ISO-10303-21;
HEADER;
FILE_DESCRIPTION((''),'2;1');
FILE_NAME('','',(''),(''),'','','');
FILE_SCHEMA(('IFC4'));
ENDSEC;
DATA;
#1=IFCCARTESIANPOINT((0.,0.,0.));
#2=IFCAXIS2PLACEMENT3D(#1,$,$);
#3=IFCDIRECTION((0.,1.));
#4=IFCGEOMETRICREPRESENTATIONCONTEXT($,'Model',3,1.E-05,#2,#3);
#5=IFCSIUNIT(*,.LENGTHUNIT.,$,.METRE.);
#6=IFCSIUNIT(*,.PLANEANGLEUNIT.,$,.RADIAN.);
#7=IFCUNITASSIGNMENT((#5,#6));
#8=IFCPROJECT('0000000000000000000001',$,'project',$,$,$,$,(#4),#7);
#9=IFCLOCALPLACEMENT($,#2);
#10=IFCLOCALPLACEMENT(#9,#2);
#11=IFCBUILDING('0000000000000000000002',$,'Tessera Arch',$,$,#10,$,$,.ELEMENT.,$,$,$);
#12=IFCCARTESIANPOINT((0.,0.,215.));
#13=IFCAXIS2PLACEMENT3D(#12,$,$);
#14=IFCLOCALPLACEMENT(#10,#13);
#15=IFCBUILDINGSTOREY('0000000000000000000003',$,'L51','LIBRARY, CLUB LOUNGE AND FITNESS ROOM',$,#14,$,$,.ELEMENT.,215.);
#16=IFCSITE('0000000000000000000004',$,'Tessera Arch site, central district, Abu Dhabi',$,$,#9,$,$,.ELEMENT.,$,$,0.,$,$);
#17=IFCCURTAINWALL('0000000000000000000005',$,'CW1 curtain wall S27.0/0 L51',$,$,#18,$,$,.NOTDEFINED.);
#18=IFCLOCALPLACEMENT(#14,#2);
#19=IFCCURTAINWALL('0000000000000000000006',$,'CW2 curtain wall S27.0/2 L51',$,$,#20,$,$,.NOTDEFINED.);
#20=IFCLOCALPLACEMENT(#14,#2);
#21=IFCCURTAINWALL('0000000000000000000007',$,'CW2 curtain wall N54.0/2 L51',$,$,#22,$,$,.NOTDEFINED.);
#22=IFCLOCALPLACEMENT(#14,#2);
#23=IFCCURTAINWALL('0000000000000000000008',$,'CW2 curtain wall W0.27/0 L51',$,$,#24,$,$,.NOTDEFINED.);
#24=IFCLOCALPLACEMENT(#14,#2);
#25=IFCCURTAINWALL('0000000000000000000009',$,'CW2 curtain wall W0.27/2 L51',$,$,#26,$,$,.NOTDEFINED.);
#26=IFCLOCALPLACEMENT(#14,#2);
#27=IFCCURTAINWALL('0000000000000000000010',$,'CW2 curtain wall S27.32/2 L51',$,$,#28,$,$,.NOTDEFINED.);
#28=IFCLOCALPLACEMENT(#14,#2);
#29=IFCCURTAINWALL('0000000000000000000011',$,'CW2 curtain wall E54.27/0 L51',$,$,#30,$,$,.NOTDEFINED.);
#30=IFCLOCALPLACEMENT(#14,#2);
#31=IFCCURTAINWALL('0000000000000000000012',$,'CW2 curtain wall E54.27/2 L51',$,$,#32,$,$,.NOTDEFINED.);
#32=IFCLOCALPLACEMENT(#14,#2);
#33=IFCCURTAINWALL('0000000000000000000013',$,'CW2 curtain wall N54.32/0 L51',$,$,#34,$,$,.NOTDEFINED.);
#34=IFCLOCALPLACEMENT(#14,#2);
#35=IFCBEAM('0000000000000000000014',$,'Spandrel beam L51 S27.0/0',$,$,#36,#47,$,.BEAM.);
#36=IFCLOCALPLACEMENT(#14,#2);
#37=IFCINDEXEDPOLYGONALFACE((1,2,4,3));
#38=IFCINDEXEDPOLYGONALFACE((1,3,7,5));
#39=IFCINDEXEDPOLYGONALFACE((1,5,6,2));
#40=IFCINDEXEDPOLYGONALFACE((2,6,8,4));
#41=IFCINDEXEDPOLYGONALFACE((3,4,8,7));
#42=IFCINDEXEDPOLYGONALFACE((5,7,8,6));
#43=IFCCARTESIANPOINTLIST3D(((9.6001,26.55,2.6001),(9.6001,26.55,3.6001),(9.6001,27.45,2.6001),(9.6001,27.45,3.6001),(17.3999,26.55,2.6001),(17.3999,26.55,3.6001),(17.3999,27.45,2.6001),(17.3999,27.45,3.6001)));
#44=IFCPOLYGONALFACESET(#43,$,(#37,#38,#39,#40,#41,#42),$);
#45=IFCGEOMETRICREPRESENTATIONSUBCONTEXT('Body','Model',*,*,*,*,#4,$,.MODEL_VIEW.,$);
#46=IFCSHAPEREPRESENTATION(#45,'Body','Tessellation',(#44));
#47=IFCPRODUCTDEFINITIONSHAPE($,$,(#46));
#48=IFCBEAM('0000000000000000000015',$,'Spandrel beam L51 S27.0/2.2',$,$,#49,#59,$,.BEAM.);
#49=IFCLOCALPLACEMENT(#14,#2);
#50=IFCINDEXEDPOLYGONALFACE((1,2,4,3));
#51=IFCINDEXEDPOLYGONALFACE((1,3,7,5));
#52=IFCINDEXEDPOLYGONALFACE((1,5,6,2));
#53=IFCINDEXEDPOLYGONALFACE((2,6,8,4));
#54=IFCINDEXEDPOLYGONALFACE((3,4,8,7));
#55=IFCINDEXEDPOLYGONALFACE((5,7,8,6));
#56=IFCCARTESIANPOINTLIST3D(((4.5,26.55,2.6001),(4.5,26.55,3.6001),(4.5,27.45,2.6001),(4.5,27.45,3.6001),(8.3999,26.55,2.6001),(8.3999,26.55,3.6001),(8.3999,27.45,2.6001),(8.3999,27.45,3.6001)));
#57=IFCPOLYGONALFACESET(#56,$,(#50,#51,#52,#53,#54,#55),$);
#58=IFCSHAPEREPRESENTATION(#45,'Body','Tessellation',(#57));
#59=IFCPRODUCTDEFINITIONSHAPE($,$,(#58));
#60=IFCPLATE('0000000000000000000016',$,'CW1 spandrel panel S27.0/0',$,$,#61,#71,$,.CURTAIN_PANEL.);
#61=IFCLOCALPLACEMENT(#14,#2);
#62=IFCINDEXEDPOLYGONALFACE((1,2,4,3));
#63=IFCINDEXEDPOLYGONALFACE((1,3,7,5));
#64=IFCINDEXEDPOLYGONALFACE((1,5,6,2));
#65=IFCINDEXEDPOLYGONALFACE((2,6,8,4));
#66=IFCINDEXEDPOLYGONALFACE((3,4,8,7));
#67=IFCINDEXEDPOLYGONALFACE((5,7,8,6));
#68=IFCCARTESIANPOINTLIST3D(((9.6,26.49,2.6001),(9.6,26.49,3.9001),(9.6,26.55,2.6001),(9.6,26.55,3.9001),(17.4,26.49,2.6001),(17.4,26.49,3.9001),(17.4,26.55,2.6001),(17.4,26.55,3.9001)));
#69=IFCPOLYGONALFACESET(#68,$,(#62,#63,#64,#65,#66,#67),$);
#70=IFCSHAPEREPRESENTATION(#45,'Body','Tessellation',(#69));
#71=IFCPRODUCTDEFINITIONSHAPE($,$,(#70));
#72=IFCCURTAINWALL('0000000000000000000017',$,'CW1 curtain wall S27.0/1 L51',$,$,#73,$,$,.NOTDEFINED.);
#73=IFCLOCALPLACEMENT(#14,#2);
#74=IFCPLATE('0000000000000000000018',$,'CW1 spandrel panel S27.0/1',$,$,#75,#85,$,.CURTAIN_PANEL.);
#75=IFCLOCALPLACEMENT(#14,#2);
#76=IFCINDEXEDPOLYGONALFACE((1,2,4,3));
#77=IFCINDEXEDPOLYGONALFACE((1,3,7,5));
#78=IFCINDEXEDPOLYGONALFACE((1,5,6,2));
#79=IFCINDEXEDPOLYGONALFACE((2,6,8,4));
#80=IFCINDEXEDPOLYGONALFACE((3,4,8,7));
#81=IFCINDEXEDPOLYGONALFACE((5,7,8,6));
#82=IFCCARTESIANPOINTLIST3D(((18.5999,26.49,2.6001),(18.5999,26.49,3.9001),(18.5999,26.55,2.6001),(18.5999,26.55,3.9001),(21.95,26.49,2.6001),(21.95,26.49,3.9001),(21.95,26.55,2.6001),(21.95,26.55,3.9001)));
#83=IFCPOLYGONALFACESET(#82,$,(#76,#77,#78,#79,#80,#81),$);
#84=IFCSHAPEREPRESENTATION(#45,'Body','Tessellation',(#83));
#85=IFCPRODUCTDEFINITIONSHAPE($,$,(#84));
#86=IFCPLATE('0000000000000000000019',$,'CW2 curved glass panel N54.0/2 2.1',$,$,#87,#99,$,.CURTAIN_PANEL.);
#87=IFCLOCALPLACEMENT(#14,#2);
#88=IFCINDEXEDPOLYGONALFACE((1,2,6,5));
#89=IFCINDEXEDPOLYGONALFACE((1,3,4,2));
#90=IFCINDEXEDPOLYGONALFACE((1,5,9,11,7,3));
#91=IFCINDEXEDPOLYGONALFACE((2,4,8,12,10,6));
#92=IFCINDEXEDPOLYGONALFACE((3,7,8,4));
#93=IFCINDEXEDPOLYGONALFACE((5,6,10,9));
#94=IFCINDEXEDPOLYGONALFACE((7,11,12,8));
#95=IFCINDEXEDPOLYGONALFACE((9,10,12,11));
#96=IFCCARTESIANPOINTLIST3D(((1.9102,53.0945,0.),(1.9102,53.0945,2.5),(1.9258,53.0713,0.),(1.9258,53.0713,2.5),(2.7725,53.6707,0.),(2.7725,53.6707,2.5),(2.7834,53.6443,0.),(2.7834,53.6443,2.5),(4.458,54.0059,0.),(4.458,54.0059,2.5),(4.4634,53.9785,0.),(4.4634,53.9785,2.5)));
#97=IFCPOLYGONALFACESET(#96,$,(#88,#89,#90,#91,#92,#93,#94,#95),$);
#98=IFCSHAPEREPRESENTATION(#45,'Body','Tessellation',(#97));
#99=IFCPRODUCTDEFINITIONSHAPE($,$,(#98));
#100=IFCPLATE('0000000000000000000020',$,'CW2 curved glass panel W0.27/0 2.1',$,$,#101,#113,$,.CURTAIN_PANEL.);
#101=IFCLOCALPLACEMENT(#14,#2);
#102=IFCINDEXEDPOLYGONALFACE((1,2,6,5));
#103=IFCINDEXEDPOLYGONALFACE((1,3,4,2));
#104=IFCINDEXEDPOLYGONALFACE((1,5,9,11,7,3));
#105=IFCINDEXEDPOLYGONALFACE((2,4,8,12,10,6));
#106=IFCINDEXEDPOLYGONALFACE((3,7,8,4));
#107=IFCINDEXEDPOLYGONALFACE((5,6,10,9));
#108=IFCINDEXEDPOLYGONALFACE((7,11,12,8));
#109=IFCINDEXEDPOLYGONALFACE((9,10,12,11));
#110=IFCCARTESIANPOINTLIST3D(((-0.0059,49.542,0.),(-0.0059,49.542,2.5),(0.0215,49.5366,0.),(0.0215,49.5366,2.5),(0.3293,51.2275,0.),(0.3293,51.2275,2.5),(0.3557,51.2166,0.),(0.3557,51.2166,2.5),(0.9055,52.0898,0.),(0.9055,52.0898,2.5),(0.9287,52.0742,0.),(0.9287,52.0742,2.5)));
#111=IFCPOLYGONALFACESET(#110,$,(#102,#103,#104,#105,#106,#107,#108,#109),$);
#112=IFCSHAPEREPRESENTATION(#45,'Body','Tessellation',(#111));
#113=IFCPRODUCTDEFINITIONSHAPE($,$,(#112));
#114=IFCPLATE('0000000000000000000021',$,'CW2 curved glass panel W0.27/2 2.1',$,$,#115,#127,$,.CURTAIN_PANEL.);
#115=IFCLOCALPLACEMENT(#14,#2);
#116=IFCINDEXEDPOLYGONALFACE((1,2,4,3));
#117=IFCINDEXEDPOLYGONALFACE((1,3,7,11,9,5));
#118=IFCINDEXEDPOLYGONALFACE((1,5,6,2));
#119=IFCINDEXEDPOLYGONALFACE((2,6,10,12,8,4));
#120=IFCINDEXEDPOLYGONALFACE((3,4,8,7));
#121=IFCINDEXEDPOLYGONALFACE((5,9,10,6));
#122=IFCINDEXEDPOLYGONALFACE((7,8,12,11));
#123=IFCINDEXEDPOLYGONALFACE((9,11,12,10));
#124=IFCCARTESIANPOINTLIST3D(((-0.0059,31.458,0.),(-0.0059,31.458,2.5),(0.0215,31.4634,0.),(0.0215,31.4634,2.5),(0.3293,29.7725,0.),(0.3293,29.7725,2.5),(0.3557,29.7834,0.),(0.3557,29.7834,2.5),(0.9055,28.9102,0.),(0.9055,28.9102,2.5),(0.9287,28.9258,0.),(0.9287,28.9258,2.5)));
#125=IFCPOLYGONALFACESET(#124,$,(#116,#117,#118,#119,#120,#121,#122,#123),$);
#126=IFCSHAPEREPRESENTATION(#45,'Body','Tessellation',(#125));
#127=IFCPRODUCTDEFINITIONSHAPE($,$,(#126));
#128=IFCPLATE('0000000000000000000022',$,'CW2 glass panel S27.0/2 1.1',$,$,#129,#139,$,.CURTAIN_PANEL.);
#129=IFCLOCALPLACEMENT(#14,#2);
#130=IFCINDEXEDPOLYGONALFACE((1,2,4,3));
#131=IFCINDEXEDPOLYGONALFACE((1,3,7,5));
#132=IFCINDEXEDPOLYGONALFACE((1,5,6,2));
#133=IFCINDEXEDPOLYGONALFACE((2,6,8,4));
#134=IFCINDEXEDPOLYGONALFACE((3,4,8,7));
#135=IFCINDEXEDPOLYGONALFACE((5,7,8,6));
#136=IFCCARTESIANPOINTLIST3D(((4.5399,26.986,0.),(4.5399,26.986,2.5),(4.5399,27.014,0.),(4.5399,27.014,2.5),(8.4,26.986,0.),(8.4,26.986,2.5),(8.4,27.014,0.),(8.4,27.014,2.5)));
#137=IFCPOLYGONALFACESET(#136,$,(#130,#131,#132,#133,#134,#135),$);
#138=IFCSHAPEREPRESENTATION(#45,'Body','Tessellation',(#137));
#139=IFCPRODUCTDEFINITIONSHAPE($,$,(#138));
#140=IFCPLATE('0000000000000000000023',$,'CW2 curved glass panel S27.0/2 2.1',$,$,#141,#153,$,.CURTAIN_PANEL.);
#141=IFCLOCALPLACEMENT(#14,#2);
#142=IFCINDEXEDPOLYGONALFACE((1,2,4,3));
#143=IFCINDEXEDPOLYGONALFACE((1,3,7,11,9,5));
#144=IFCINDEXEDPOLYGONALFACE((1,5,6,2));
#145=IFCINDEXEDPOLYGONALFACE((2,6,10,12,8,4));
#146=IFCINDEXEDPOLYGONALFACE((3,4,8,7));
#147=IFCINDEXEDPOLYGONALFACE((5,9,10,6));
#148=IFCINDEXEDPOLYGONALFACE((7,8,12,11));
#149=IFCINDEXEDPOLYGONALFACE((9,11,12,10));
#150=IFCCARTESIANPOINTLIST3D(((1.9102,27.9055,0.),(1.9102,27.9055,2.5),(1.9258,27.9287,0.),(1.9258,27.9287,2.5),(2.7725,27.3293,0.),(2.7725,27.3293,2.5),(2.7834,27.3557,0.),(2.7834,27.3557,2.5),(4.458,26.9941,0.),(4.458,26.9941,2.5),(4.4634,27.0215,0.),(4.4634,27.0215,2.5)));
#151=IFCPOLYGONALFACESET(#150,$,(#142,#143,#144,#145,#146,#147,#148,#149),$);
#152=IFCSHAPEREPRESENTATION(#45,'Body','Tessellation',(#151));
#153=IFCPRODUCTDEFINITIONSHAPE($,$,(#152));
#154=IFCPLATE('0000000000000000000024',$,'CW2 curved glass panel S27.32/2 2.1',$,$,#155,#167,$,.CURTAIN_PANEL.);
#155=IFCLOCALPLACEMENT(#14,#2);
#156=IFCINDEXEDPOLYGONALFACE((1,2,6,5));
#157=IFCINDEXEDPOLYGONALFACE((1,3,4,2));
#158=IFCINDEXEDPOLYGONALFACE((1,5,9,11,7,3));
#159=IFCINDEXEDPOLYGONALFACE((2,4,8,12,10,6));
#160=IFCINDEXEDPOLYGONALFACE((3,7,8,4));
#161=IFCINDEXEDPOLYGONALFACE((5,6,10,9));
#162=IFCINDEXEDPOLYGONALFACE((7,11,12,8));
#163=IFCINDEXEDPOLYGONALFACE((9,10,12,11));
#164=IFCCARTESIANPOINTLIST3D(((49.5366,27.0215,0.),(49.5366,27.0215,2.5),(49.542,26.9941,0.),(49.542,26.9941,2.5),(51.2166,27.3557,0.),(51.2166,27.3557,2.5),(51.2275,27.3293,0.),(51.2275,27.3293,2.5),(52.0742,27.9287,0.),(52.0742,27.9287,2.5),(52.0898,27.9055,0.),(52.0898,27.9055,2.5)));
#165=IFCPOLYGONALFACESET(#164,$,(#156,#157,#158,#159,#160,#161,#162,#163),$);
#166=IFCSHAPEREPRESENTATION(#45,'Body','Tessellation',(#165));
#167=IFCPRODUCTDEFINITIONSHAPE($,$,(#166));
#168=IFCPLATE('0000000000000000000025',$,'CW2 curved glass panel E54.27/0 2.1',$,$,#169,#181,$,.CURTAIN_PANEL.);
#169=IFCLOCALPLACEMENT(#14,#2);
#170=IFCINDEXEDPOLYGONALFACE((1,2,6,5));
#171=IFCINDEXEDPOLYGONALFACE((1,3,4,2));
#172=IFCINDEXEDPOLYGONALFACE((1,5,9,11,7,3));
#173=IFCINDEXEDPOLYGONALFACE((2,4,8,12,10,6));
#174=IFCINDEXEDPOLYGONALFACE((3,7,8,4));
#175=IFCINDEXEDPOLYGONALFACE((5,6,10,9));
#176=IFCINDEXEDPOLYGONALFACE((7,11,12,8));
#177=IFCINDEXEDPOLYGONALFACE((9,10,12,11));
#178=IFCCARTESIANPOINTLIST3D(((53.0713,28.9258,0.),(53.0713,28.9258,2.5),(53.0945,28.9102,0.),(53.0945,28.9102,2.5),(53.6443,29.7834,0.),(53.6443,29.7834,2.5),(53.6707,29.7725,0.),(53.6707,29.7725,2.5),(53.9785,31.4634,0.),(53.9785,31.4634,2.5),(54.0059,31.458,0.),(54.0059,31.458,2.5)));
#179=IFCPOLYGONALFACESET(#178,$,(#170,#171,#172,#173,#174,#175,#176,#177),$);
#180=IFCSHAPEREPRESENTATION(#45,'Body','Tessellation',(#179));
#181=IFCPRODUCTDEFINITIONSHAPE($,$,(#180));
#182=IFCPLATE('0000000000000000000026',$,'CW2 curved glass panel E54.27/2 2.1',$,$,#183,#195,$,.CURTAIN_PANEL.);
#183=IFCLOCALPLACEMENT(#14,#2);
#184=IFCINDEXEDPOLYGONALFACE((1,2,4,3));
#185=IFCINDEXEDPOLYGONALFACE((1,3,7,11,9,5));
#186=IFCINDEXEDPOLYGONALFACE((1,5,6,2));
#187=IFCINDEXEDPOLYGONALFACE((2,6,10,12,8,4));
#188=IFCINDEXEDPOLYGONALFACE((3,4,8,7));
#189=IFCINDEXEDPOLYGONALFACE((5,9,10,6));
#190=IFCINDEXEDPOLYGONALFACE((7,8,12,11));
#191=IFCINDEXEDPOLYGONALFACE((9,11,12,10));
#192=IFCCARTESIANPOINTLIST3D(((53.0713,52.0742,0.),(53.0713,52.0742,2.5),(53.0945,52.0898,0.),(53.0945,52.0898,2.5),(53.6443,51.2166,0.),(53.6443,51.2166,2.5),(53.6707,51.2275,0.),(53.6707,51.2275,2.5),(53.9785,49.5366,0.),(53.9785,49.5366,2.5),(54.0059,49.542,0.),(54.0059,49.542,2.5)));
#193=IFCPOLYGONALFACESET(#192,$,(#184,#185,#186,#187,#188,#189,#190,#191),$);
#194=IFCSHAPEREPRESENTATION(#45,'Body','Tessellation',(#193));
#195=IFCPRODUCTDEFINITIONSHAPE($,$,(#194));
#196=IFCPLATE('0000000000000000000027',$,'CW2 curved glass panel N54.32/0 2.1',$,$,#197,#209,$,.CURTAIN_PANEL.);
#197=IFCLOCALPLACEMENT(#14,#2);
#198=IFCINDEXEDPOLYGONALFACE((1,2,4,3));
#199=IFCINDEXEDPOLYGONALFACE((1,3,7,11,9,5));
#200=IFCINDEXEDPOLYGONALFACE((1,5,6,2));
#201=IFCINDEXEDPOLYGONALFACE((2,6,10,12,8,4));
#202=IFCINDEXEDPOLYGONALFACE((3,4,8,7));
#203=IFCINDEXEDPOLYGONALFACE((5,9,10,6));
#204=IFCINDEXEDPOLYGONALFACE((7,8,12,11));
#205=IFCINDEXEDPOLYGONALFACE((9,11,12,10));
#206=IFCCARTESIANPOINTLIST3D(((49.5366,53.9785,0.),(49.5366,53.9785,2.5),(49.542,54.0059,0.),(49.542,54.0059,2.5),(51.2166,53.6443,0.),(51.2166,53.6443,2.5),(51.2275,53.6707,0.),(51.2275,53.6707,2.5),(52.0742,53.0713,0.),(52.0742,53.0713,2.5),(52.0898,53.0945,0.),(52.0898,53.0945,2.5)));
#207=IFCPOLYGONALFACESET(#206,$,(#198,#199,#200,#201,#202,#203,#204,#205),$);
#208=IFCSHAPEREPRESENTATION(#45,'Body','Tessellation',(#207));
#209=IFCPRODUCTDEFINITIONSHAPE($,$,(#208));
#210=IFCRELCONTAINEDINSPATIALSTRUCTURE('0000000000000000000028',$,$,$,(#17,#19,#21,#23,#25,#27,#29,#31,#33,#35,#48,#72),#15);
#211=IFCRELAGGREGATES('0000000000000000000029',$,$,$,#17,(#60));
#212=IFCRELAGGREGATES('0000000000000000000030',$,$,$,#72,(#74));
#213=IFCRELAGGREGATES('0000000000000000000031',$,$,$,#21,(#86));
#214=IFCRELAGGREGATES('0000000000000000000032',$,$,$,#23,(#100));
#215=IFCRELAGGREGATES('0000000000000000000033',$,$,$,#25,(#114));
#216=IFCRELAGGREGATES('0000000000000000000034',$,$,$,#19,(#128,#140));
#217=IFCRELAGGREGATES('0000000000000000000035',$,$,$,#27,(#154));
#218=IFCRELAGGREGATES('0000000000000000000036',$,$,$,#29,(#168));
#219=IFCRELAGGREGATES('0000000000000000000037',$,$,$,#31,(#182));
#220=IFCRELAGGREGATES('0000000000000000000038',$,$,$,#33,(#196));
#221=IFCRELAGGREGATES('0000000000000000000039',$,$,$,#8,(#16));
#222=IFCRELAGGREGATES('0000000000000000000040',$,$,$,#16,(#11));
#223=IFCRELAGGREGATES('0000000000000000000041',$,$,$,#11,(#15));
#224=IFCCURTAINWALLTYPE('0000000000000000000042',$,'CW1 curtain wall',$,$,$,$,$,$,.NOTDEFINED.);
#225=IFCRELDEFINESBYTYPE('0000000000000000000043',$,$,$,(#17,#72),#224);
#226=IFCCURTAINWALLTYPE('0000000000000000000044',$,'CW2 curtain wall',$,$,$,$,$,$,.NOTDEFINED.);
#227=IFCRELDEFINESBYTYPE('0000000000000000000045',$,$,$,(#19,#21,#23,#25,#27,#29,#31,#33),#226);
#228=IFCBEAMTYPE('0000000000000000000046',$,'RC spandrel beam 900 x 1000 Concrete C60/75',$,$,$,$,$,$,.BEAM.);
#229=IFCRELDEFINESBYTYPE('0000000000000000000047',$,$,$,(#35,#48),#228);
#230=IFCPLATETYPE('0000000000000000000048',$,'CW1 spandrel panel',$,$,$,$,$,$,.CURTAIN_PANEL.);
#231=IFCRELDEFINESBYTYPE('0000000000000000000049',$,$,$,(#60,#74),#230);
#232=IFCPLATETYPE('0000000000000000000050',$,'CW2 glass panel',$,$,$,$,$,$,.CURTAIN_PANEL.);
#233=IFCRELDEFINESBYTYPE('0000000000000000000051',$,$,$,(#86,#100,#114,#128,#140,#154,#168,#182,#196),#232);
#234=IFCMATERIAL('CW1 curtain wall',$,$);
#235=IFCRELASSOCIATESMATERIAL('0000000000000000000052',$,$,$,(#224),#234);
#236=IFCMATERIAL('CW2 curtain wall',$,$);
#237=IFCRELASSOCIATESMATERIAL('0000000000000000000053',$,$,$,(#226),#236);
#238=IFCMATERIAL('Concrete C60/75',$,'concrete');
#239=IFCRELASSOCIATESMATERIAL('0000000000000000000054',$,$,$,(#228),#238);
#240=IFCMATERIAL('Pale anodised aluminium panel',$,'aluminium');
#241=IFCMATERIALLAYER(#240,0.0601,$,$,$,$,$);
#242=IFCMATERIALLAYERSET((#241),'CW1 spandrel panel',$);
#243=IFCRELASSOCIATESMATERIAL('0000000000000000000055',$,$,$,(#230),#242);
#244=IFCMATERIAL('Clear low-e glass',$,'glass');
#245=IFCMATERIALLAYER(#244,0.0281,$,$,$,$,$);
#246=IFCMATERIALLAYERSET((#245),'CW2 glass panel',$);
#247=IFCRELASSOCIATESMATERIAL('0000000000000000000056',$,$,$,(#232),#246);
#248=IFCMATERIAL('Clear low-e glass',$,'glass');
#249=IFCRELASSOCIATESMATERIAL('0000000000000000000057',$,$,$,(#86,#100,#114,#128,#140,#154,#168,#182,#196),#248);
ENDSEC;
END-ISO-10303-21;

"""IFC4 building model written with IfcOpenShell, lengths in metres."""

from ifc_helpers import new_model, si_unit, direction, frame, origin, origin_2d, place, context, subcontext, project, spatial, polyline, rectangle, outline, extrude, material, layer, layer_set, material_profile, profile_set, type_object, element, aggregate, save


model = new_model("IFC4")

# Units and contexts
model_context = context("Model", 3, precision=1e-05, world=origin(), true_north=direction((0.0, 1.0)))
body_context = subcontext(model_context, "Body", "Model", "MODEL_VIEW")
ifc_project = project(units=[si_unit("LENGTHUNIT", "METRE"), si_unit("PLANEANGLEUNIT", "RADIAN")], contexts=[model_context])

# Site, building, storey
site_placement = place(None, origin())
site = spatial("IfcSite", under=ifc_project, at=site_placement, Name="Tessera Arch site, central district, Abu Dhabi", CompositionType="ELEMENT", RefElevation=0.0)
building_placement = place(site_placement, origin())
building = spatial("IfcBuilding", under=site, at=building_placement, Name="Tessera Arch", CompositionType="ELEMENT")
storey_placement = place(building_placement, frame((0.0, 0.0, 215.0)))
storey = spatial("IfcBuildingStorey", under=building, at=storey_placement, Name="L51", Description="LIBRARY, CLUB LOUNGE AND FITNESS ROOM", CompositionType="ELEMENT", Elevation=215.0)

# Curtain walls
ifc_material_1 = material(Name="CW1 curtain wall")
curtain_wall_type_1 = type_object("IfcCurtainWallType", Name="CW1 curtain wall", PredefinedType="NOTDEFINED", material=ifc_material_1)
curtain_wall_1_placement = place(storey_placement, origin())
curtain_wall_1 = element("IfcCurtainWall", 1, at=curtain_wall_1_placement, inside=storey, type_object=curtain_wall_type_1, Name="CW1 curtain wall S27.0/0 L51", PredefinedType="NOTDEFINED")
ifc_material_2 = material(Name="CW2 curtain wall")
curtain_wall_type_2 = type_object("IfcCurtainWallType", Name="CW2 curtain wall", PredefinedType="NOTDEFINED", material=ifc_material_2)
curtain_wall_2_placement = place(storey_placement, origin())
curtain_wall_2 = element("IfcCurtainWall", 2, at=curtain_wall_2_placement, inside=storey, type_object=curtain_wall_type_2, Name="CW2 curtain wall S27.0/2 L51", PredefinedType="NOTDEFINED")
curtain_wall_3_placement = place(storey_placement, origin())
curtain_wall_3 = element("IfcCurtainWall", 3, at=curtain_wall_3_placement, inside=storey, type_object=curtain_wall_type_2, Name="CW2 curtain wall N54.0/2 L51", PredefinedType="NOTDEFINED")
curtain_wall_4_placement = place(storey_placement, origin())
curtain_wall_4 = element("IfcCurtainWall", 4, at=curtain_wall_4_placement, inside=storey, type_object=curtain_wall_type_2, Name="CW2 curtain wall W0.27/0 L51", PredefinedType="NOTDEFINED")
curtain_wall_5_placement = place(storey_placement, origin())
curtain_wall_5 = element("IfcCurtainWall", 5, at=curtain_wall_5_placement, inside=storey, type_object=curtain_wall_type_2, Name="CW2 curtain wall W0.27/2 L51", PredefinedType="NOTDEFINED")

# Curtain walls
curtain_wall_6_placement = place(storey_placement, origin())
curtain_wall_6 = element("IfcCurtainWall", 6, at=curtain_wall_6_placement, inside=storey, type_object=curtain_wall_type_2, Name="CW2 curtain wall S27.32/2 L51", PredefinedType="NOTDEFINED")
curtain_wall_7_placement = place(storey_placement, origin())
curtain_wall_7 = element("IfcCurtainWall", 7, at=curtain_wall_7_placement, inside=storey, type_object=curtain_wall_type_2, Name="CW2 curtain wall E54.27/0 L51", PredefinedType="NOTDEFINED")
curtain_wall_8_placement = place(storey_placement, origin())
curtain_wall_8 = element("IfcCurtainWall", 8, at=curtain_wall_8_placement, inside=storey, type_object=curtain_wall_type_2, Name="CW2 curtain wall E54.27/2 L51", PredefinedType="NOTDEFINED")
curtain_wall_9_placement = place(storey_placement, origin())
curtain_wall_9 = element("IfcCurtainWall", 9, at=curtain_wall_9_placement, inside=storey, type_object=curtain_wall_type_2, Name="CW2 curtain wall N54.32/0 L51", PredefinedType="NOTDEFINED")

# Beams
ifc_material_3 = material(Name="Concrete C60/75", Category="concrete")
ifc_material_profile_1 = material_profile(ifc_material_3, rectangle(XDim=0.8999, YDim=1.0, at=origin_2d()), Name="RC spandrel beam 900 x 1000 Concrete C60/75")
ifc_profile_set_1 = profile_set([ifc_material_profile_1], Name="Concrete C60/75")
beam_type = type_object("IfcBeamType", Name="RC spandrel beam 900 x 1000 Concrete C60/75", PredefinedType="BEAM", material=ifc_profile_set_1)
beam_1_placement = place(storey_placement, frame((9.6001, 27.0, 3.1001), z_axis=(1.0, 0.0, 0.0), x_axis=(0.0, 1.0, 0.0)))
element("IfcBeam", 10, at=beam_1_placement, inside=storey, type_object=beam_type, Name="Spandrel beam L51 S27.0/0", PredefinedType="BEAM", context=body_context, shape_type="SweptSolid", body=[
    extrude(rectangle(XDim=0.8999, YDim=1.0, at=origin_2d()), origin(), (0.0, 0.0, 1.0), 7.7998),
])
beam_2_placement = place(storey_placement, frame((4.5, 27.0, 3.1001), z_axis=(1.0, 0.0, 0.0), x_axis=(0.0, 1.0, 0.0)))
element("IfcBeam", 11, at=beam_2_placement, inside=storey, type_object=beam_type, Name="Spandrel beam L51 S27.0/2.2", PredefinedType="BEAM", context=body_context, shape_type="SweptSolid", body=[
    extrude(rectangle(XDim=0.8999, YDim=1.0, at=origin_2d()), origin(), (0.0, 0.0, 1.0), 3.8999),
])

# Plate
ifc_material_4 = material(Name="Pale anodised aluminium panel", Category="aluminium")
ifc_layer_1 = layer(ifc_material_4, 0.0601)
ifc_layer_set_1 = layer_set([ifc_layer_1], Name="CW1 spandrel panel")
plate_type_1 = type_object("IfcPlateType", Name="CW1 spandrel panel", PredefinedType="CURTAIN_PANEL", material=ifc_layer_set_1)
plate_1_placement = place(storey_placement, frame((13.5, 26.52, 2.6001), z_axis=(0.0, 0.0, 1.0), x_axis=(1.0, 0.0, 0.0)))
plate_1 = element("IfcPlate", 12, at=plate_1_placement, type_object=plate_type_1, Name="CW1 spandrel panel S27.0/0", PredefinedType="CURTAIN_PANEL", context=body_context, shape_type="SweptSolid", body=[
    extrude(rectangle(XDim=7.8, YDim=0.0601, at=origin_2d()), origin(), (0.0, 0.0, 1.0), 1.3),
])
aggregate(curtain_wall_1, [plate_1])

# Curtain wall, plate
curtain_wall_10_placement = place(storey_placement, origin())
curtain_wall_10 = element("IfcCurtainWall", 13, at=curtain_wall_10_placement, inside=storey, type_object=curtain_wall_type_1, Name="CW1 curtain wall S27.0/1 L51", PredefinedType="NOTDEFINED")
plate_2_placement = place(storey_placement, frame((20.2749, 26.52, 2.6001), z_axis=(0.0, 0.0, 1.0), x_axis=(1.0, 0.0, 0.0)))
plate_2 = element("IfcPlate", 14, at=plate_2_placement, type_object=plate_type_1, Name="CW1 spandrel panel S27.0/1", PredefinedType="CURTAIN_PANEL", context=body_context, shape_type="SweptSolid", body=[
    extrude(rectangle(XDim=3.3501, YDim=0.0601, at=origin_2d()), origin(), (0.0, 0.0, 1.0), 1.3),
])
aggregate(curtain_wall_10, [plate_2])

# Plates
ifc_material_5 = material(Name="Clear low-e glass", Category="glass")
ifc_material_6 = material(Name="Clear low-e glass", Category="glass")
ifc_layer_2 = layer(ifc_material_6, 0.0281)
ifc_layer_set_2 = layer_set([ifc_layer_2], Name="CW2 glass panel")
plate_type_2 = type_object("IfcPlateType", Name="CW2 glass panel", PredefinedType="CURTAIN_PANEL", material=ifc_layer_set_2)
plate_3_placement = place(storey_placement, origin())
plate_3 = element("IfcPlate", 15, at=plate_3_placement, type_object=plate_type_2, material=ifc_material_5, Name="CW2 curved glass panel N54.0/2 2.1", PredefinedType="CURTAIN_PANEL", context=body_context, shape_type="SweptSolid", body=[
    extrude(outline(polyline([(2.7834, 53.6443), (4.4634, 53.9785), (4.458, 54.0059), (2.7725, 53.6707), (1.9102, 53.0945), (1.9258, 53.0713), (2.7834, 53.6443)])), origin(), (0.0, 0.0, 1.0), 2.5),
])
plate_4_placement = place(storey_placement, origin())
plate_4 = element("IfcPlate", 16, at=plate_4_placement, type_object=plate_type_2, material=ifc_material_5, Name="CW2 curved glass panel W0.27/0 2.1", PredefinedType="CURTAIN_PANEL", context=body_context, shape_type="SweptSolid", body=[
    extrude(outline(polyline([(0.3557, 51.2166), (0.9287, 52.0742), (0.9055, 52.0898), (0.3293, 51.2275), (-0.0059, 49.542), (0.0215, 49.5366), (0.3557, 51.2166)])), origin(), (0.0, 0.0, 1.0), 2.5),
])
plate_5_placement = place(storey_placement, origin())
plate_5 = element("IfcPlate", 17, at=plate_5_placement, type_object=plate_type_2, material=ifc_material_5, Name="CW2 curved glass panel W0.27/2 2.1", PredefinedType="CURTAIN_PANEL", context=body_context, shape_type="SweptSolid", body=[
    extrude(outline(polyline([(0.3557, 29.7834), (0.0215, 31.4634), (-0.0059, 31.458), (0.3293, 29.7725), (0.9055, 28.9102), (0.9287, 28.9258), (0.3557, 29.7834)])), origin(), (0.0, 0.0, 1.0), 2.5),
])
plate_6_placement = place(storey_placement, frame((6.47, 27.0, 0.0), z_axis=(0.0, 0.0, 1.0), x_axis=(1.0, 0.0, 0.0)))
plate_6 = element("IfcPlate", 18, at=plate_6_placement, type_object=plate_type_2, material=ifc_material_5, Name="CW2 glass panel S27.0/2 1.1", PredefinedType="CURTAIN_PANEL", context=body_context, shape_type="SweptSolid", body=[
    extrude(rectangle(XDim=3.8601, YDim=0.0281, at=origin_2d()), origin(), (0.0, 0.0, 1.0), 2.5),
])
plate_7_placement = place(storey_placement, origin())
plate_7 = element("IfcPlate", 19, at=plate_7_placement, type_object=plate_type_2, material=ifc_material_5, Name="CW2 curved glass panel S27.0/2 2.1", PredefinedType="CURTAIN_PANEL", context=body_context, shape_type="SweptSolid", body=[
    extrude(outline(polyline([(2.7834, 27.3557), (1.9258, 27.9287), (1.9102, 27.9055), (2.7725, 27.3293), (4.458, 26.9941), (4.4634, 27.0215), (2.7834, 27.3557)])), origin(), (0.0, 0.0, 1.0), 2.5),
])
plate_8_placement = place(storey_placement, origin())
plate_8 = element("IfcPlate", 20, at=plate_8_placement, type_object=plate_type_2, material=ifc_material_5, Name="CW2 curved glass panel S27.32/2 2.1", PredefinedType="CURTAIN_PANEL", context=body_context, shape_type="SweptSolid", body=[
    extrude(outline(polyline([(51.2166, 27.3557), (49.5366, 27.0215), (49.542, 26.9941), (51.2275, 27.3293), (52.0898, 27.9055), (52.0742, 27.9287), (51.2166, 27.3557)])), origin(), (0.0, 0.0, 1.0), 2.5),
])
plate_9_placement = place(storey_placement, origin())
plate_9 = element("IfcPlate", 21, at=plate_9_placement, type_object=plate_type_2, material=ifc_material_5, Name="CW2 curved glass panel E54.27/0 2.1", PredefinedType="CURTAIN_PANEL", context=body_context, shape_type="SweptSolid", body=[
    extrude(outline(polyline([(53.6443, 29.7834), (53.0713, 28.9258), (53.0945, 28.9102), (53.6707, 29.7725), (54.0059, 31.458), (53.9785, 31.4634), (53.6443, 29.7834)])), origin(), (0.0, 0.0, 1.0), 2.5),
])
plate_10_placement = place(storey_placement, origin())
plate_10 = element("IfcPlate", 22, at=plate_10_placement, type_object=plate_type_2, material=ifc_material_5, Name="CW2 curved glass panel E54.27/2 2.1", PredefinedType="CURTAIN_PANEL", context=body_context, shape_type="SweptSolid", body=[
    extrude(outline(polyline([(53.6443, 51.2166), (53.9785, 49.5366), (54.0059, 49.542), (53.6707, 51.2275), (53.0945, 52.0898), (53.0713, 52.0742), (53.6443, 51.2166)])), origin(), (0.0, 0.0, 1.0), 2.5),
])
plate_11_placement = place(storey_placement, origin())
plate_11 = element("IfcPlate", 23, at=plate_11_placement, type_object=plate_type_2, material=ifc_material_5, Name="CW2 curved glass panel N54.32/0 2.1", PredefinedType="CURTAIN_PANEL", context=body_context, shape_type="SweptSolid", body=[
    extrude(outline(polyline([(51.2166, 53.6443), (52.0742, 53.0713), (52.0898, 53.0945), (51.2275, 53.6707), (49.542, 54.0059), (49.5366, 53.9785), (51.2166, 53.6443)])), origin(), (0.0, 0.0, 1.0), 2.5),
])
aggregate(curtain_wall_3, [plate_3])
aggregate(curtain_wall_4, [plate_4])
aggregate(curtain_wall_5, [plate_5])
aggregate(curtain_wall_2, [plate_6, plate_7])
aggregate(curtain_wall_6, [plate_8])
aggregate(curtain_wall_7, [plate_9])
aggregate(curtain_wall_8, [plate_10])
aggregate(curtain_wall_9, [plate_11])

save(model, "model.ifc")
